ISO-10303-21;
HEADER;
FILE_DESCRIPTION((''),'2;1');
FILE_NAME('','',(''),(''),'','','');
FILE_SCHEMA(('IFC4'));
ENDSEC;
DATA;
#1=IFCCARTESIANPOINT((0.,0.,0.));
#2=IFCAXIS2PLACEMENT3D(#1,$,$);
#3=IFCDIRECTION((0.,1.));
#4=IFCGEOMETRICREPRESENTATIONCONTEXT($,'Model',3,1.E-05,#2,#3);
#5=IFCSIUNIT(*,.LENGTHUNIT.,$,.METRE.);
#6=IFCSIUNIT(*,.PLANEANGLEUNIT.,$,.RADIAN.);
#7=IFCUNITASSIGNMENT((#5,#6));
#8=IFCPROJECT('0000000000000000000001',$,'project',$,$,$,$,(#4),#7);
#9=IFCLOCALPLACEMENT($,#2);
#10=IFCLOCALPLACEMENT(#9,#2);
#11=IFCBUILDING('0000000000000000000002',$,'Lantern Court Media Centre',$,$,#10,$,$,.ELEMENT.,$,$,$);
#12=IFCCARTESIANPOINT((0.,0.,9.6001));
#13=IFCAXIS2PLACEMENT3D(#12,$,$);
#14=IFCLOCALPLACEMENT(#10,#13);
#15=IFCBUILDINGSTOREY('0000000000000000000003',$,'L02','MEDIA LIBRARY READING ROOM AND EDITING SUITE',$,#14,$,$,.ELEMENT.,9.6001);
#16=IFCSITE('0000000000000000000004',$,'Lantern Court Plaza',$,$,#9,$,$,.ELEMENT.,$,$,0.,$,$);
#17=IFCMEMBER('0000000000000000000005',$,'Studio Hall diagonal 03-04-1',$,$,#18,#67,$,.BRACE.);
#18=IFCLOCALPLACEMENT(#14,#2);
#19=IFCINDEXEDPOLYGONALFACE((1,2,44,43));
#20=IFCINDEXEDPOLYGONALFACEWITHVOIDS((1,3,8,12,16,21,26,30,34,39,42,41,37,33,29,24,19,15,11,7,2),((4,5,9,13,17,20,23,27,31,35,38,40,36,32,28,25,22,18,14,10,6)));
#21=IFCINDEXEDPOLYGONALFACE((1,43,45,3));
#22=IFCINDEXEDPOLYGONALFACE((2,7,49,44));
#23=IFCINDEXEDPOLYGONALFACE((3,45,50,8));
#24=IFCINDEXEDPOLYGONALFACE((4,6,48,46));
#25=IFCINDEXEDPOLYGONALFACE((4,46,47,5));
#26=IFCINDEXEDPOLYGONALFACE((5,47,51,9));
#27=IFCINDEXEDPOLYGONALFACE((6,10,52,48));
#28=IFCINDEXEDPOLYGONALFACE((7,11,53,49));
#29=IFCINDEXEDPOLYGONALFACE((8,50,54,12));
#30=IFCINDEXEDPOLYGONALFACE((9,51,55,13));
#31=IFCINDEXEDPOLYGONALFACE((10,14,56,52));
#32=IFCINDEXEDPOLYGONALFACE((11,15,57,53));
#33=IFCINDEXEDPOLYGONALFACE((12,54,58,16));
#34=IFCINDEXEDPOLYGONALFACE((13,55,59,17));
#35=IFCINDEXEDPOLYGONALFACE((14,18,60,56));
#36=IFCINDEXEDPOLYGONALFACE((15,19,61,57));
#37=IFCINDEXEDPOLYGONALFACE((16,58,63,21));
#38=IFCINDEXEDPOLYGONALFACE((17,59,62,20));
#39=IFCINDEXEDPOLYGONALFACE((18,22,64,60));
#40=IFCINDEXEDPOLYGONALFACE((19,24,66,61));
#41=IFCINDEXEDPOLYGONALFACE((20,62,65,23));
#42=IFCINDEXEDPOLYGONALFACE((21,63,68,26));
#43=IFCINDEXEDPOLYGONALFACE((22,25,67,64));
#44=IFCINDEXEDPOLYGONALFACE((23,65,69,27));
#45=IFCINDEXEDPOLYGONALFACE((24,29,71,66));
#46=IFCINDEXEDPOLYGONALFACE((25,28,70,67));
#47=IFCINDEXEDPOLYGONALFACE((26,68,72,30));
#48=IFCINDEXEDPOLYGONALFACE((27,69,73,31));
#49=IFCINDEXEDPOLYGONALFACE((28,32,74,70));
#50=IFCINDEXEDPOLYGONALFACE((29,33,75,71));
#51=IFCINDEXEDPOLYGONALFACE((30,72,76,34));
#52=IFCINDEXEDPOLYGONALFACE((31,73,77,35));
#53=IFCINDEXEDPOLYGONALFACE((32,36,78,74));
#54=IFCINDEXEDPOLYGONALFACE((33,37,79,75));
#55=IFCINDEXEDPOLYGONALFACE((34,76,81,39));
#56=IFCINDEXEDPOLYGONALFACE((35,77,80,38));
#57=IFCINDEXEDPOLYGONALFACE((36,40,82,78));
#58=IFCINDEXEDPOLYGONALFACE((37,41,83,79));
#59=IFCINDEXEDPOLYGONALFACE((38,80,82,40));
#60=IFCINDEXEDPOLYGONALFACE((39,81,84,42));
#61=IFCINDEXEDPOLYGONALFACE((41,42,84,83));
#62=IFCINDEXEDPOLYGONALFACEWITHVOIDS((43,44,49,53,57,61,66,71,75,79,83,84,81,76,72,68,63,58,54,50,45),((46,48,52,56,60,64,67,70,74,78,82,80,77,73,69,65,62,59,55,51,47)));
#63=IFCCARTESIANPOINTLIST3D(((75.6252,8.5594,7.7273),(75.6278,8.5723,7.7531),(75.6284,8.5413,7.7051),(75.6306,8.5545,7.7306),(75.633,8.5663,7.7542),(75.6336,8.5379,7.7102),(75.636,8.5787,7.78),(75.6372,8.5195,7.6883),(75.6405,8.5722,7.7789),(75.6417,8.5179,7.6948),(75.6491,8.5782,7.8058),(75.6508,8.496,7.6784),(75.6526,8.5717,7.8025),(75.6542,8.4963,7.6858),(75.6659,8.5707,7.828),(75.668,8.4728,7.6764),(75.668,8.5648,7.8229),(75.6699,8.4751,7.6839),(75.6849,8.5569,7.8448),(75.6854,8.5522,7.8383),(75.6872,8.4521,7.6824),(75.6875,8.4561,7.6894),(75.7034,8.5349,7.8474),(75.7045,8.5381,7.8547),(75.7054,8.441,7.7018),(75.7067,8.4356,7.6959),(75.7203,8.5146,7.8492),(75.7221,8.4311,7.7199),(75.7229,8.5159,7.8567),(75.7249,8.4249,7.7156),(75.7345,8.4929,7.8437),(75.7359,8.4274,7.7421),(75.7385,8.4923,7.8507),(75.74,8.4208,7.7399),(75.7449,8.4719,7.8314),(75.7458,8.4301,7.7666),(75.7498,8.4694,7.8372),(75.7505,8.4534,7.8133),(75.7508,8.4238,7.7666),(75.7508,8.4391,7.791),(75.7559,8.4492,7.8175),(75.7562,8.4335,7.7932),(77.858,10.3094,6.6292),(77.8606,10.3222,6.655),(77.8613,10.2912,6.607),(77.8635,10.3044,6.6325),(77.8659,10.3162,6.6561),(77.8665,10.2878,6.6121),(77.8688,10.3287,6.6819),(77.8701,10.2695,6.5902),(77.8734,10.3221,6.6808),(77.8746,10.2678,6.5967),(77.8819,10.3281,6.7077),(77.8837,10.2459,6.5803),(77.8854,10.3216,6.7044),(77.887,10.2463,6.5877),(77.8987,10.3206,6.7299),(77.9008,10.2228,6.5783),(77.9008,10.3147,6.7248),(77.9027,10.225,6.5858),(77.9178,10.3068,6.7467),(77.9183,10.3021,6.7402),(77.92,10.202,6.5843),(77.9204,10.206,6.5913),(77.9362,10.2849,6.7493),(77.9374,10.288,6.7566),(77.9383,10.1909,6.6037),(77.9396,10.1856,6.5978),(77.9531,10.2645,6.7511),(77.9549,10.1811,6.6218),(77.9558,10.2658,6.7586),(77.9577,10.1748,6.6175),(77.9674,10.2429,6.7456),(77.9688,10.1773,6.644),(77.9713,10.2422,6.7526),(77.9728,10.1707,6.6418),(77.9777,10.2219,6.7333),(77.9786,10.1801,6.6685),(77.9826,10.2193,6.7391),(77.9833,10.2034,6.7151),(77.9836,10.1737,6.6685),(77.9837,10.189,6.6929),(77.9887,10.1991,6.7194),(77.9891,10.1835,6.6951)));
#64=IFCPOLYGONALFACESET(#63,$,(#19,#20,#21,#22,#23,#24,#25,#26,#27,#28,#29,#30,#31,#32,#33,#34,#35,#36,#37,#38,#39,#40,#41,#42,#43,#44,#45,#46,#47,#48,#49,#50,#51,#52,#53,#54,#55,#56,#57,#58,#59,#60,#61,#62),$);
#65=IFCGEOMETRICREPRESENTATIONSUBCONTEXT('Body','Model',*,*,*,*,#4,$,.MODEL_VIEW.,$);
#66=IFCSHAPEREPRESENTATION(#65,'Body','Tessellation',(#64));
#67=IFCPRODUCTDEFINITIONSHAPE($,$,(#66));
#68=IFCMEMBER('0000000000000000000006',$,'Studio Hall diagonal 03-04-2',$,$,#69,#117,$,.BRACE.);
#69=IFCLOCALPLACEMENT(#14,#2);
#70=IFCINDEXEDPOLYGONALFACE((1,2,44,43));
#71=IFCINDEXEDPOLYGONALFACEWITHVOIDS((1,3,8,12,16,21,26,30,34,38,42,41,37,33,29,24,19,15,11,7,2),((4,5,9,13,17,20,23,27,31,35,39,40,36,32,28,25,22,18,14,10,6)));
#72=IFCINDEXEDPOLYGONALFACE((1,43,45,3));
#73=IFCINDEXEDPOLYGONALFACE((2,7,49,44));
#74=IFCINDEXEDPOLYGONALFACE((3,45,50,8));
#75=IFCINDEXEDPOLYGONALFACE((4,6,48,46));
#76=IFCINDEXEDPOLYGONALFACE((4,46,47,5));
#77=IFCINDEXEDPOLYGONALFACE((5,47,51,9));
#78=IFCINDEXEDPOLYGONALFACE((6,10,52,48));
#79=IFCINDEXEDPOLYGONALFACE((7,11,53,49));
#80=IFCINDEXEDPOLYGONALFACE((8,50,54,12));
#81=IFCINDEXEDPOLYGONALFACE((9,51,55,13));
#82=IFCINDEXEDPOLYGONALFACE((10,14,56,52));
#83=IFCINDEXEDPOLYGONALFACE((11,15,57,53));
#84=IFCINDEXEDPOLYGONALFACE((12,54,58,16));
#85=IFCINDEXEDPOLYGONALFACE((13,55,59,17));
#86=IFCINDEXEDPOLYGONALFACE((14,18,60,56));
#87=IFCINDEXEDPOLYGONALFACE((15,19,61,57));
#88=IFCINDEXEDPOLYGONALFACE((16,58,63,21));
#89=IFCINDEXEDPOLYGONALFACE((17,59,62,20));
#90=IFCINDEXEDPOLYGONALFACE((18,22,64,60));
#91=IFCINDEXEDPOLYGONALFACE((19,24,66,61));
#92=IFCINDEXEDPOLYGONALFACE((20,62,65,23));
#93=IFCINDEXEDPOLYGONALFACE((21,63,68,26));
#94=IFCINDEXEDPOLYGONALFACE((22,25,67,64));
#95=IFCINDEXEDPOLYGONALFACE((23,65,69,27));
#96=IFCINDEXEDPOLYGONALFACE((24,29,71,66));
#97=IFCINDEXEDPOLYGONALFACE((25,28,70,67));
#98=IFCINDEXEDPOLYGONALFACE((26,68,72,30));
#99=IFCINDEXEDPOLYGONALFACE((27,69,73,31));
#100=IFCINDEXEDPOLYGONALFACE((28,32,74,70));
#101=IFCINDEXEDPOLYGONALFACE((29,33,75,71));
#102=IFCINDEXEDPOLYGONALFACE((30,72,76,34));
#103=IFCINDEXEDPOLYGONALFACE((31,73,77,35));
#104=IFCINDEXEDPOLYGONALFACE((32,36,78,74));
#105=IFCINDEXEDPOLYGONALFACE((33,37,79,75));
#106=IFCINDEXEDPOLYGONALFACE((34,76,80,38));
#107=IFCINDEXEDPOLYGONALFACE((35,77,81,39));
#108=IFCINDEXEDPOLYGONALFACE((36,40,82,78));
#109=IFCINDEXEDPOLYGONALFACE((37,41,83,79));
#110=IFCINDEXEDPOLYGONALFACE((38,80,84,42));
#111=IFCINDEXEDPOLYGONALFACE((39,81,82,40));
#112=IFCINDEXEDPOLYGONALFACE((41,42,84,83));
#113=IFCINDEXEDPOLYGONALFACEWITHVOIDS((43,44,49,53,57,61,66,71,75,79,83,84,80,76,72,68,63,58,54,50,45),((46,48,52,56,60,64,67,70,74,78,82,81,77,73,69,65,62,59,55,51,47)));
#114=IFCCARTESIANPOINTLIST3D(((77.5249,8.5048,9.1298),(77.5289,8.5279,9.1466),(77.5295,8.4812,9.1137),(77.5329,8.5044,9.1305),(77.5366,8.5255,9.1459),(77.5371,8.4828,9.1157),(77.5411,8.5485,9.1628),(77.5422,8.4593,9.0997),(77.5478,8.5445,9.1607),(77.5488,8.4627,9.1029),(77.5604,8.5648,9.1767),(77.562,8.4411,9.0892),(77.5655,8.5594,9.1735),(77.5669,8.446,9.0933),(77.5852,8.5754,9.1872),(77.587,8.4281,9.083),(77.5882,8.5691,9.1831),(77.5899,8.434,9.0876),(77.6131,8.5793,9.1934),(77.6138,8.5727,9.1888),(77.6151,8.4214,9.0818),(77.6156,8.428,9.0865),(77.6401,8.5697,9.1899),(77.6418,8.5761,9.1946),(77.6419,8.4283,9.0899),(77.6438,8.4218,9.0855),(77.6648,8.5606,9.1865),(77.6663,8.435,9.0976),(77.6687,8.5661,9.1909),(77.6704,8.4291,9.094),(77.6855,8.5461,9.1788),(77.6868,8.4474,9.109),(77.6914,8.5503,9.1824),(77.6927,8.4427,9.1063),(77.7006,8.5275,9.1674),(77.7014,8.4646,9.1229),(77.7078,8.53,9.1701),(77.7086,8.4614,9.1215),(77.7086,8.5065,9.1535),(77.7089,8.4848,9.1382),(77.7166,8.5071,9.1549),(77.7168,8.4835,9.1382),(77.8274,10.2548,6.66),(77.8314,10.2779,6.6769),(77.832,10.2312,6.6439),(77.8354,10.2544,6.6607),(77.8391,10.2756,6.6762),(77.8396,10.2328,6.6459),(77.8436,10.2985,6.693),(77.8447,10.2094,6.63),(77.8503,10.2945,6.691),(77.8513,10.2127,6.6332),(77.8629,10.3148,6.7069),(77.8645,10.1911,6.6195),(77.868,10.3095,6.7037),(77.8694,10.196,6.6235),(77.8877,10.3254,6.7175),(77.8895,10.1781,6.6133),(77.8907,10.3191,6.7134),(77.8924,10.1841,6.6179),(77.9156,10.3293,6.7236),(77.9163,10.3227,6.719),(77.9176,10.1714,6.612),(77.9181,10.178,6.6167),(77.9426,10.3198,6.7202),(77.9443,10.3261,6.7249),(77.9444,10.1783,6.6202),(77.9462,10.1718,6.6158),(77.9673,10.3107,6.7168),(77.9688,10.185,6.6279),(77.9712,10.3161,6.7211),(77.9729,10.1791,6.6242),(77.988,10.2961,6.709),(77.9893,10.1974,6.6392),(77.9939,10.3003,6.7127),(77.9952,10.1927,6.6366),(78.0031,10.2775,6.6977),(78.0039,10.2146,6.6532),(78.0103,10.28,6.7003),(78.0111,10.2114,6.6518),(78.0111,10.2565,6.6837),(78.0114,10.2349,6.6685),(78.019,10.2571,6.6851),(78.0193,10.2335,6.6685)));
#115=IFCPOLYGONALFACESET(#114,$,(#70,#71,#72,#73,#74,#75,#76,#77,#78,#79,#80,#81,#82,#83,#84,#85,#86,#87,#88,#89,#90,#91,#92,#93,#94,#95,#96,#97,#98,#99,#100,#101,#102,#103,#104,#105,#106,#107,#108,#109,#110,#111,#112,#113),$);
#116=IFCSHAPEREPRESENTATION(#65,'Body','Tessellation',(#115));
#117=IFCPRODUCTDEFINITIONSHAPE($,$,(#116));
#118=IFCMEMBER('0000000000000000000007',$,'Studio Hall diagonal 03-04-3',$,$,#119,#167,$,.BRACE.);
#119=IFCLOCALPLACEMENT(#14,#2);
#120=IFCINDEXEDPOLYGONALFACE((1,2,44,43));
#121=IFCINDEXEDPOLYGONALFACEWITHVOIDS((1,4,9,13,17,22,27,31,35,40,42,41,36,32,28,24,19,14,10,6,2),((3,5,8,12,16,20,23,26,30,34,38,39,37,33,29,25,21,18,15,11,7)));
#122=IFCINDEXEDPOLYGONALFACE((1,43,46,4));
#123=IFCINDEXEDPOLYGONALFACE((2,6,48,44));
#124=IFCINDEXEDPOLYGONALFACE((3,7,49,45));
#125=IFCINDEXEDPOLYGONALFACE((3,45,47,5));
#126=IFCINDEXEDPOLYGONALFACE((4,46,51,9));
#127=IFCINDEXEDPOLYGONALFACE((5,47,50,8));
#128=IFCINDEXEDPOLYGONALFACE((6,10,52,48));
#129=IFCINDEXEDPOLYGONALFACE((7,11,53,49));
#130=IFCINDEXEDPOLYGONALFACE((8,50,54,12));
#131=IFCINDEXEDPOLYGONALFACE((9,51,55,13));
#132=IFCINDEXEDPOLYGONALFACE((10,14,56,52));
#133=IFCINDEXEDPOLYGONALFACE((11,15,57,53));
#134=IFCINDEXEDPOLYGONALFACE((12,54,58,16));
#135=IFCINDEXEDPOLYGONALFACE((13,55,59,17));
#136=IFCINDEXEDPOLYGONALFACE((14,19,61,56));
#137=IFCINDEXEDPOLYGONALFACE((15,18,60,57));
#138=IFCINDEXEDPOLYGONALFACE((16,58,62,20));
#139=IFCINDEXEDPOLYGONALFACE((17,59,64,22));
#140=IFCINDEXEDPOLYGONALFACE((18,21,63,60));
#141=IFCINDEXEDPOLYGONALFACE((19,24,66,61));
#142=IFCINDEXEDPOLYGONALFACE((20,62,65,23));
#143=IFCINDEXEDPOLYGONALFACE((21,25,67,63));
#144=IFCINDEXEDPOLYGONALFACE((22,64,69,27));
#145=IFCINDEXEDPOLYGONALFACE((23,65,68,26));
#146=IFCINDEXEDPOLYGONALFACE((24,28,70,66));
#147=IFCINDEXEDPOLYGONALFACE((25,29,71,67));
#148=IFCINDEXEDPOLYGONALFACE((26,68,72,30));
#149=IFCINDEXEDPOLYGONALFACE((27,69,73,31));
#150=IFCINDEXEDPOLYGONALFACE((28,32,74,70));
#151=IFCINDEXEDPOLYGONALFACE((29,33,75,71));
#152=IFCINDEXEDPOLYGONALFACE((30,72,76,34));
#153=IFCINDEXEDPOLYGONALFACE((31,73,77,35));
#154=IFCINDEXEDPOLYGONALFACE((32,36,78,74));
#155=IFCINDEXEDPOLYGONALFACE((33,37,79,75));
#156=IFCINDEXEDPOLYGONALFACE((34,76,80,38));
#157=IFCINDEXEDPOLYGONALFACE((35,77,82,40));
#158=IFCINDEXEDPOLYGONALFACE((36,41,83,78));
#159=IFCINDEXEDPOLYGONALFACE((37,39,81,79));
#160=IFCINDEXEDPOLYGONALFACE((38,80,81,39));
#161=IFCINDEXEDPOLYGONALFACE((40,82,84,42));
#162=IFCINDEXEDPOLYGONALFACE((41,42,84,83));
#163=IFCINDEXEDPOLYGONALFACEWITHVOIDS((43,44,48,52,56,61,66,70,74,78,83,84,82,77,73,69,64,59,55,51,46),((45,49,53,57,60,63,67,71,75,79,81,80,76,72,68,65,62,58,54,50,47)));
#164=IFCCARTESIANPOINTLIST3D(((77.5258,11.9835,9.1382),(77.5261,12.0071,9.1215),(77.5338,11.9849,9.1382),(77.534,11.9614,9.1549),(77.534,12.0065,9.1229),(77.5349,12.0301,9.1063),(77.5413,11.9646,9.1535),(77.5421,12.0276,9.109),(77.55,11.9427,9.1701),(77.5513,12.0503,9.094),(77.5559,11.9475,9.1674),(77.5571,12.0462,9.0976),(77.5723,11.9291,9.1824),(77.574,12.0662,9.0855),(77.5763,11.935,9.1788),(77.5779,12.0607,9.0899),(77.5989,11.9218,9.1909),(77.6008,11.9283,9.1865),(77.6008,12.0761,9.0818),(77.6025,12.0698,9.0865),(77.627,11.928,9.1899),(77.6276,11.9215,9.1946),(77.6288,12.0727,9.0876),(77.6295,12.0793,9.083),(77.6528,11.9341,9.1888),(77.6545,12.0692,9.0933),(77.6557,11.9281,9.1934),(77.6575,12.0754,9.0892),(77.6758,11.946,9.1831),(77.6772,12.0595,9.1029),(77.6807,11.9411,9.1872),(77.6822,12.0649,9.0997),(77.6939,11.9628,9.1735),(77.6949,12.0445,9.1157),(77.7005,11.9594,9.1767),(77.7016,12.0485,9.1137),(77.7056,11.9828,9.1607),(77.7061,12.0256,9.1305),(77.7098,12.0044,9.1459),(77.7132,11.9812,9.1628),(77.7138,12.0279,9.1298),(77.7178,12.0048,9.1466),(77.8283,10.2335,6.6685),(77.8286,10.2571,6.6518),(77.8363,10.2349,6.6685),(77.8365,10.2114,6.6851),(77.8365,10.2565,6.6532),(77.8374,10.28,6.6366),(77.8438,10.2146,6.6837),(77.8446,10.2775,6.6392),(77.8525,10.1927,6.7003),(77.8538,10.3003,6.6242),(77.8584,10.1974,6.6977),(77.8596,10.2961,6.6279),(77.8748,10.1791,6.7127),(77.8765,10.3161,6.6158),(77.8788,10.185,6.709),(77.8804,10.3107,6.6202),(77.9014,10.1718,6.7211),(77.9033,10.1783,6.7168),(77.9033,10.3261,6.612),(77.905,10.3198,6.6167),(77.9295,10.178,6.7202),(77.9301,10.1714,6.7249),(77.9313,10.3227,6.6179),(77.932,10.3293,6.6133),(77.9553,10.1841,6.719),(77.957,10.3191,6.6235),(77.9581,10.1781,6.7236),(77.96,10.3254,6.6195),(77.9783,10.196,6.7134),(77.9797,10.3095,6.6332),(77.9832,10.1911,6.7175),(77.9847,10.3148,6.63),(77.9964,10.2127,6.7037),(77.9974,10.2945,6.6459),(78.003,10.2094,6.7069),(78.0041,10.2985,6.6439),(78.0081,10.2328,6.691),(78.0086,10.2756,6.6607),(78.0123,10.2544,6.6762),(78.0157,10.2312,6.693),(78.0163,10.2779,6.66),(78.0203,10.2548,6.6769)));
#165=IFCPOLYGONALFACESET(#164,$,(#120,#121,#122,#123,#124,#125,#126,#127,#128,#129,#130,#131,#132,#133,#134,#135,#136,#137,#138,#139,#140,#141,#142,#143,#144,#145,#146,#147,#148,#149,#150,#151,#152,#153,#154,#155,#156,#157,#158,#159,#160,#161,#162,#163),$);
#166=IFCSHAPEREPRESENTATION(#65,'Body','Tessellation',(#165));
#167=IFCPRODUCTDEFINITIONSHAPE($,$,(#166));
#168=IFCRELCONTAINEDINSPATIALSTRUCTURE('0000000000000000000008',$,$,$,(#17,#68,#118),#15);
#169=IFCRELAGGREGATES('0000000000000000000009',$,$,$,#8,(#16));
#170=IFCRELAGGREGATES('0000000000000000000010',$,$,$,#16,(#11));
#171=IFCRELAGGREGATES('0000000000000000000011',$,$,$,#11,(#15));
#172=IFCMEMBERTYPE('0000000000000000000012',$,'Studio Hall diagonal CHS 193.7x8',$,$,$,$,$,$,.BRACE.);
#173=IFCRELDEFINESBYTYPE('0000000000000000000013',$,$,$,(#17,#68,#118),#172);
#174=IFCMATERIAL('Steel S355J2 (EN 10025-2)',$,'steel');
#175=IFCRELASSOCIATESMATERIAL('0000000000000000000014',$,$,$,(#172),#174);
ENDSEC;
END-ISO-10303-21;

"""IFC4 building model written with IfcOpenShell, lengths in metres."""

from ifc_helpers import new_model, si_unit, direction, frame, origin, origin_2d, place, context, subcontext, project, spatial, hollow_circle, extrude, material, material_profile, profile_set, type_object, element, save


model = new_model("IFC4")

# Units and contexts
model_context = context("Model", 3, precision=1e-05, world=origin(), true_north=direction((0.0, 1.0)))
body_context = subcontext(model_context, "Body", "Model", "MODEL_VIEW")
ifc_project = project(units=[si_unit("LENGTHUNIT", "METRE"), si_unit("PLANEANGLEUNIT", "RADIAN")], contexts=[model_context])

# Site, building, storey
site_placement = place(None, origin())
site = spatial("IfcSite", under=ifc_project, at=site_placement, Name="Lantern Court Plaza", CompositionType="ELEMENT", RefElevation=0.0)
building_placement = place(site_placement, origin())
building = spatial("IfcBuilding", under=site, at=building_placement, Name="Lantern Court Media Centre", CompositionType="ELEMENT")
storey_placement = place(building_placement, frame((0.0, 0.0, 9.6001)))
storey = spatial("IfcBuildingStorey", under=building, at=storey_placement, Name="L02", Description="MEDIA LIBRARY READING ROOM AND EDITING SUITE", CompositionType="ELEMENT", Elevation=9.6001)

# Members
ifc_material = material(Name="Steel S355J2 (EN 10025-2)", Category="steel")
ifc_material_profile_1 = material_profile(ifc_material, hollow_circle(Radius=0.0969, WallThickness=0.0081, at=origin_2d()), Name="Studio Hall diagonal CHS 193.7x8")
ifc_profile_set_1 = profile_set([ifc_material_profile_1], Name="Steel S355J2 (EN 10025-2)")
member_type_1 = type_object("IfcMemberType", Name="Studio Hall diagonal CHS 193.7x8", PredefinedType="BRACE", material=ifc_profile_set_1)
for number, where, z_axis, x_axis, name in (
    (1, (77.9238, 10.25, 6.6685), (-0.734005, -0.575262, 0.360984), (0.616856, -0.787076, 0.0), "Studio Hall diagonal 03-04-1"),
    (2, (77.9238, 10.25, 6.6685), (-0.099439, -0.575286, 0.811885), (0.985388, -0.170326, 0.0), "Studio Hall diagonal 03-04-2"),
    (3, (77.9238, 10.25, 6.6685), (-0.099439, 0.575286, 0.811885), (-0.985388, -0.170326, 0.0), "Studio Hall diagonal 03-04-3"),
):
    element("IfcMember", number, at=place(storey_placement, frame(where, z_axis=z_axis, x_axis=x_axis)), inside=storey, type_object=member_type_1, Name=name, PredefinedType="BRACE", context=body_context, shape_type="SweptSolid", body=[
        extrude(hollow_circle(Radius=0.0969, WallThickness=0.0081, at=origin_2d()), origin(), (0.0, 0.0, 1.0), 3.042),
    ])

save(model, "model.ifc")
